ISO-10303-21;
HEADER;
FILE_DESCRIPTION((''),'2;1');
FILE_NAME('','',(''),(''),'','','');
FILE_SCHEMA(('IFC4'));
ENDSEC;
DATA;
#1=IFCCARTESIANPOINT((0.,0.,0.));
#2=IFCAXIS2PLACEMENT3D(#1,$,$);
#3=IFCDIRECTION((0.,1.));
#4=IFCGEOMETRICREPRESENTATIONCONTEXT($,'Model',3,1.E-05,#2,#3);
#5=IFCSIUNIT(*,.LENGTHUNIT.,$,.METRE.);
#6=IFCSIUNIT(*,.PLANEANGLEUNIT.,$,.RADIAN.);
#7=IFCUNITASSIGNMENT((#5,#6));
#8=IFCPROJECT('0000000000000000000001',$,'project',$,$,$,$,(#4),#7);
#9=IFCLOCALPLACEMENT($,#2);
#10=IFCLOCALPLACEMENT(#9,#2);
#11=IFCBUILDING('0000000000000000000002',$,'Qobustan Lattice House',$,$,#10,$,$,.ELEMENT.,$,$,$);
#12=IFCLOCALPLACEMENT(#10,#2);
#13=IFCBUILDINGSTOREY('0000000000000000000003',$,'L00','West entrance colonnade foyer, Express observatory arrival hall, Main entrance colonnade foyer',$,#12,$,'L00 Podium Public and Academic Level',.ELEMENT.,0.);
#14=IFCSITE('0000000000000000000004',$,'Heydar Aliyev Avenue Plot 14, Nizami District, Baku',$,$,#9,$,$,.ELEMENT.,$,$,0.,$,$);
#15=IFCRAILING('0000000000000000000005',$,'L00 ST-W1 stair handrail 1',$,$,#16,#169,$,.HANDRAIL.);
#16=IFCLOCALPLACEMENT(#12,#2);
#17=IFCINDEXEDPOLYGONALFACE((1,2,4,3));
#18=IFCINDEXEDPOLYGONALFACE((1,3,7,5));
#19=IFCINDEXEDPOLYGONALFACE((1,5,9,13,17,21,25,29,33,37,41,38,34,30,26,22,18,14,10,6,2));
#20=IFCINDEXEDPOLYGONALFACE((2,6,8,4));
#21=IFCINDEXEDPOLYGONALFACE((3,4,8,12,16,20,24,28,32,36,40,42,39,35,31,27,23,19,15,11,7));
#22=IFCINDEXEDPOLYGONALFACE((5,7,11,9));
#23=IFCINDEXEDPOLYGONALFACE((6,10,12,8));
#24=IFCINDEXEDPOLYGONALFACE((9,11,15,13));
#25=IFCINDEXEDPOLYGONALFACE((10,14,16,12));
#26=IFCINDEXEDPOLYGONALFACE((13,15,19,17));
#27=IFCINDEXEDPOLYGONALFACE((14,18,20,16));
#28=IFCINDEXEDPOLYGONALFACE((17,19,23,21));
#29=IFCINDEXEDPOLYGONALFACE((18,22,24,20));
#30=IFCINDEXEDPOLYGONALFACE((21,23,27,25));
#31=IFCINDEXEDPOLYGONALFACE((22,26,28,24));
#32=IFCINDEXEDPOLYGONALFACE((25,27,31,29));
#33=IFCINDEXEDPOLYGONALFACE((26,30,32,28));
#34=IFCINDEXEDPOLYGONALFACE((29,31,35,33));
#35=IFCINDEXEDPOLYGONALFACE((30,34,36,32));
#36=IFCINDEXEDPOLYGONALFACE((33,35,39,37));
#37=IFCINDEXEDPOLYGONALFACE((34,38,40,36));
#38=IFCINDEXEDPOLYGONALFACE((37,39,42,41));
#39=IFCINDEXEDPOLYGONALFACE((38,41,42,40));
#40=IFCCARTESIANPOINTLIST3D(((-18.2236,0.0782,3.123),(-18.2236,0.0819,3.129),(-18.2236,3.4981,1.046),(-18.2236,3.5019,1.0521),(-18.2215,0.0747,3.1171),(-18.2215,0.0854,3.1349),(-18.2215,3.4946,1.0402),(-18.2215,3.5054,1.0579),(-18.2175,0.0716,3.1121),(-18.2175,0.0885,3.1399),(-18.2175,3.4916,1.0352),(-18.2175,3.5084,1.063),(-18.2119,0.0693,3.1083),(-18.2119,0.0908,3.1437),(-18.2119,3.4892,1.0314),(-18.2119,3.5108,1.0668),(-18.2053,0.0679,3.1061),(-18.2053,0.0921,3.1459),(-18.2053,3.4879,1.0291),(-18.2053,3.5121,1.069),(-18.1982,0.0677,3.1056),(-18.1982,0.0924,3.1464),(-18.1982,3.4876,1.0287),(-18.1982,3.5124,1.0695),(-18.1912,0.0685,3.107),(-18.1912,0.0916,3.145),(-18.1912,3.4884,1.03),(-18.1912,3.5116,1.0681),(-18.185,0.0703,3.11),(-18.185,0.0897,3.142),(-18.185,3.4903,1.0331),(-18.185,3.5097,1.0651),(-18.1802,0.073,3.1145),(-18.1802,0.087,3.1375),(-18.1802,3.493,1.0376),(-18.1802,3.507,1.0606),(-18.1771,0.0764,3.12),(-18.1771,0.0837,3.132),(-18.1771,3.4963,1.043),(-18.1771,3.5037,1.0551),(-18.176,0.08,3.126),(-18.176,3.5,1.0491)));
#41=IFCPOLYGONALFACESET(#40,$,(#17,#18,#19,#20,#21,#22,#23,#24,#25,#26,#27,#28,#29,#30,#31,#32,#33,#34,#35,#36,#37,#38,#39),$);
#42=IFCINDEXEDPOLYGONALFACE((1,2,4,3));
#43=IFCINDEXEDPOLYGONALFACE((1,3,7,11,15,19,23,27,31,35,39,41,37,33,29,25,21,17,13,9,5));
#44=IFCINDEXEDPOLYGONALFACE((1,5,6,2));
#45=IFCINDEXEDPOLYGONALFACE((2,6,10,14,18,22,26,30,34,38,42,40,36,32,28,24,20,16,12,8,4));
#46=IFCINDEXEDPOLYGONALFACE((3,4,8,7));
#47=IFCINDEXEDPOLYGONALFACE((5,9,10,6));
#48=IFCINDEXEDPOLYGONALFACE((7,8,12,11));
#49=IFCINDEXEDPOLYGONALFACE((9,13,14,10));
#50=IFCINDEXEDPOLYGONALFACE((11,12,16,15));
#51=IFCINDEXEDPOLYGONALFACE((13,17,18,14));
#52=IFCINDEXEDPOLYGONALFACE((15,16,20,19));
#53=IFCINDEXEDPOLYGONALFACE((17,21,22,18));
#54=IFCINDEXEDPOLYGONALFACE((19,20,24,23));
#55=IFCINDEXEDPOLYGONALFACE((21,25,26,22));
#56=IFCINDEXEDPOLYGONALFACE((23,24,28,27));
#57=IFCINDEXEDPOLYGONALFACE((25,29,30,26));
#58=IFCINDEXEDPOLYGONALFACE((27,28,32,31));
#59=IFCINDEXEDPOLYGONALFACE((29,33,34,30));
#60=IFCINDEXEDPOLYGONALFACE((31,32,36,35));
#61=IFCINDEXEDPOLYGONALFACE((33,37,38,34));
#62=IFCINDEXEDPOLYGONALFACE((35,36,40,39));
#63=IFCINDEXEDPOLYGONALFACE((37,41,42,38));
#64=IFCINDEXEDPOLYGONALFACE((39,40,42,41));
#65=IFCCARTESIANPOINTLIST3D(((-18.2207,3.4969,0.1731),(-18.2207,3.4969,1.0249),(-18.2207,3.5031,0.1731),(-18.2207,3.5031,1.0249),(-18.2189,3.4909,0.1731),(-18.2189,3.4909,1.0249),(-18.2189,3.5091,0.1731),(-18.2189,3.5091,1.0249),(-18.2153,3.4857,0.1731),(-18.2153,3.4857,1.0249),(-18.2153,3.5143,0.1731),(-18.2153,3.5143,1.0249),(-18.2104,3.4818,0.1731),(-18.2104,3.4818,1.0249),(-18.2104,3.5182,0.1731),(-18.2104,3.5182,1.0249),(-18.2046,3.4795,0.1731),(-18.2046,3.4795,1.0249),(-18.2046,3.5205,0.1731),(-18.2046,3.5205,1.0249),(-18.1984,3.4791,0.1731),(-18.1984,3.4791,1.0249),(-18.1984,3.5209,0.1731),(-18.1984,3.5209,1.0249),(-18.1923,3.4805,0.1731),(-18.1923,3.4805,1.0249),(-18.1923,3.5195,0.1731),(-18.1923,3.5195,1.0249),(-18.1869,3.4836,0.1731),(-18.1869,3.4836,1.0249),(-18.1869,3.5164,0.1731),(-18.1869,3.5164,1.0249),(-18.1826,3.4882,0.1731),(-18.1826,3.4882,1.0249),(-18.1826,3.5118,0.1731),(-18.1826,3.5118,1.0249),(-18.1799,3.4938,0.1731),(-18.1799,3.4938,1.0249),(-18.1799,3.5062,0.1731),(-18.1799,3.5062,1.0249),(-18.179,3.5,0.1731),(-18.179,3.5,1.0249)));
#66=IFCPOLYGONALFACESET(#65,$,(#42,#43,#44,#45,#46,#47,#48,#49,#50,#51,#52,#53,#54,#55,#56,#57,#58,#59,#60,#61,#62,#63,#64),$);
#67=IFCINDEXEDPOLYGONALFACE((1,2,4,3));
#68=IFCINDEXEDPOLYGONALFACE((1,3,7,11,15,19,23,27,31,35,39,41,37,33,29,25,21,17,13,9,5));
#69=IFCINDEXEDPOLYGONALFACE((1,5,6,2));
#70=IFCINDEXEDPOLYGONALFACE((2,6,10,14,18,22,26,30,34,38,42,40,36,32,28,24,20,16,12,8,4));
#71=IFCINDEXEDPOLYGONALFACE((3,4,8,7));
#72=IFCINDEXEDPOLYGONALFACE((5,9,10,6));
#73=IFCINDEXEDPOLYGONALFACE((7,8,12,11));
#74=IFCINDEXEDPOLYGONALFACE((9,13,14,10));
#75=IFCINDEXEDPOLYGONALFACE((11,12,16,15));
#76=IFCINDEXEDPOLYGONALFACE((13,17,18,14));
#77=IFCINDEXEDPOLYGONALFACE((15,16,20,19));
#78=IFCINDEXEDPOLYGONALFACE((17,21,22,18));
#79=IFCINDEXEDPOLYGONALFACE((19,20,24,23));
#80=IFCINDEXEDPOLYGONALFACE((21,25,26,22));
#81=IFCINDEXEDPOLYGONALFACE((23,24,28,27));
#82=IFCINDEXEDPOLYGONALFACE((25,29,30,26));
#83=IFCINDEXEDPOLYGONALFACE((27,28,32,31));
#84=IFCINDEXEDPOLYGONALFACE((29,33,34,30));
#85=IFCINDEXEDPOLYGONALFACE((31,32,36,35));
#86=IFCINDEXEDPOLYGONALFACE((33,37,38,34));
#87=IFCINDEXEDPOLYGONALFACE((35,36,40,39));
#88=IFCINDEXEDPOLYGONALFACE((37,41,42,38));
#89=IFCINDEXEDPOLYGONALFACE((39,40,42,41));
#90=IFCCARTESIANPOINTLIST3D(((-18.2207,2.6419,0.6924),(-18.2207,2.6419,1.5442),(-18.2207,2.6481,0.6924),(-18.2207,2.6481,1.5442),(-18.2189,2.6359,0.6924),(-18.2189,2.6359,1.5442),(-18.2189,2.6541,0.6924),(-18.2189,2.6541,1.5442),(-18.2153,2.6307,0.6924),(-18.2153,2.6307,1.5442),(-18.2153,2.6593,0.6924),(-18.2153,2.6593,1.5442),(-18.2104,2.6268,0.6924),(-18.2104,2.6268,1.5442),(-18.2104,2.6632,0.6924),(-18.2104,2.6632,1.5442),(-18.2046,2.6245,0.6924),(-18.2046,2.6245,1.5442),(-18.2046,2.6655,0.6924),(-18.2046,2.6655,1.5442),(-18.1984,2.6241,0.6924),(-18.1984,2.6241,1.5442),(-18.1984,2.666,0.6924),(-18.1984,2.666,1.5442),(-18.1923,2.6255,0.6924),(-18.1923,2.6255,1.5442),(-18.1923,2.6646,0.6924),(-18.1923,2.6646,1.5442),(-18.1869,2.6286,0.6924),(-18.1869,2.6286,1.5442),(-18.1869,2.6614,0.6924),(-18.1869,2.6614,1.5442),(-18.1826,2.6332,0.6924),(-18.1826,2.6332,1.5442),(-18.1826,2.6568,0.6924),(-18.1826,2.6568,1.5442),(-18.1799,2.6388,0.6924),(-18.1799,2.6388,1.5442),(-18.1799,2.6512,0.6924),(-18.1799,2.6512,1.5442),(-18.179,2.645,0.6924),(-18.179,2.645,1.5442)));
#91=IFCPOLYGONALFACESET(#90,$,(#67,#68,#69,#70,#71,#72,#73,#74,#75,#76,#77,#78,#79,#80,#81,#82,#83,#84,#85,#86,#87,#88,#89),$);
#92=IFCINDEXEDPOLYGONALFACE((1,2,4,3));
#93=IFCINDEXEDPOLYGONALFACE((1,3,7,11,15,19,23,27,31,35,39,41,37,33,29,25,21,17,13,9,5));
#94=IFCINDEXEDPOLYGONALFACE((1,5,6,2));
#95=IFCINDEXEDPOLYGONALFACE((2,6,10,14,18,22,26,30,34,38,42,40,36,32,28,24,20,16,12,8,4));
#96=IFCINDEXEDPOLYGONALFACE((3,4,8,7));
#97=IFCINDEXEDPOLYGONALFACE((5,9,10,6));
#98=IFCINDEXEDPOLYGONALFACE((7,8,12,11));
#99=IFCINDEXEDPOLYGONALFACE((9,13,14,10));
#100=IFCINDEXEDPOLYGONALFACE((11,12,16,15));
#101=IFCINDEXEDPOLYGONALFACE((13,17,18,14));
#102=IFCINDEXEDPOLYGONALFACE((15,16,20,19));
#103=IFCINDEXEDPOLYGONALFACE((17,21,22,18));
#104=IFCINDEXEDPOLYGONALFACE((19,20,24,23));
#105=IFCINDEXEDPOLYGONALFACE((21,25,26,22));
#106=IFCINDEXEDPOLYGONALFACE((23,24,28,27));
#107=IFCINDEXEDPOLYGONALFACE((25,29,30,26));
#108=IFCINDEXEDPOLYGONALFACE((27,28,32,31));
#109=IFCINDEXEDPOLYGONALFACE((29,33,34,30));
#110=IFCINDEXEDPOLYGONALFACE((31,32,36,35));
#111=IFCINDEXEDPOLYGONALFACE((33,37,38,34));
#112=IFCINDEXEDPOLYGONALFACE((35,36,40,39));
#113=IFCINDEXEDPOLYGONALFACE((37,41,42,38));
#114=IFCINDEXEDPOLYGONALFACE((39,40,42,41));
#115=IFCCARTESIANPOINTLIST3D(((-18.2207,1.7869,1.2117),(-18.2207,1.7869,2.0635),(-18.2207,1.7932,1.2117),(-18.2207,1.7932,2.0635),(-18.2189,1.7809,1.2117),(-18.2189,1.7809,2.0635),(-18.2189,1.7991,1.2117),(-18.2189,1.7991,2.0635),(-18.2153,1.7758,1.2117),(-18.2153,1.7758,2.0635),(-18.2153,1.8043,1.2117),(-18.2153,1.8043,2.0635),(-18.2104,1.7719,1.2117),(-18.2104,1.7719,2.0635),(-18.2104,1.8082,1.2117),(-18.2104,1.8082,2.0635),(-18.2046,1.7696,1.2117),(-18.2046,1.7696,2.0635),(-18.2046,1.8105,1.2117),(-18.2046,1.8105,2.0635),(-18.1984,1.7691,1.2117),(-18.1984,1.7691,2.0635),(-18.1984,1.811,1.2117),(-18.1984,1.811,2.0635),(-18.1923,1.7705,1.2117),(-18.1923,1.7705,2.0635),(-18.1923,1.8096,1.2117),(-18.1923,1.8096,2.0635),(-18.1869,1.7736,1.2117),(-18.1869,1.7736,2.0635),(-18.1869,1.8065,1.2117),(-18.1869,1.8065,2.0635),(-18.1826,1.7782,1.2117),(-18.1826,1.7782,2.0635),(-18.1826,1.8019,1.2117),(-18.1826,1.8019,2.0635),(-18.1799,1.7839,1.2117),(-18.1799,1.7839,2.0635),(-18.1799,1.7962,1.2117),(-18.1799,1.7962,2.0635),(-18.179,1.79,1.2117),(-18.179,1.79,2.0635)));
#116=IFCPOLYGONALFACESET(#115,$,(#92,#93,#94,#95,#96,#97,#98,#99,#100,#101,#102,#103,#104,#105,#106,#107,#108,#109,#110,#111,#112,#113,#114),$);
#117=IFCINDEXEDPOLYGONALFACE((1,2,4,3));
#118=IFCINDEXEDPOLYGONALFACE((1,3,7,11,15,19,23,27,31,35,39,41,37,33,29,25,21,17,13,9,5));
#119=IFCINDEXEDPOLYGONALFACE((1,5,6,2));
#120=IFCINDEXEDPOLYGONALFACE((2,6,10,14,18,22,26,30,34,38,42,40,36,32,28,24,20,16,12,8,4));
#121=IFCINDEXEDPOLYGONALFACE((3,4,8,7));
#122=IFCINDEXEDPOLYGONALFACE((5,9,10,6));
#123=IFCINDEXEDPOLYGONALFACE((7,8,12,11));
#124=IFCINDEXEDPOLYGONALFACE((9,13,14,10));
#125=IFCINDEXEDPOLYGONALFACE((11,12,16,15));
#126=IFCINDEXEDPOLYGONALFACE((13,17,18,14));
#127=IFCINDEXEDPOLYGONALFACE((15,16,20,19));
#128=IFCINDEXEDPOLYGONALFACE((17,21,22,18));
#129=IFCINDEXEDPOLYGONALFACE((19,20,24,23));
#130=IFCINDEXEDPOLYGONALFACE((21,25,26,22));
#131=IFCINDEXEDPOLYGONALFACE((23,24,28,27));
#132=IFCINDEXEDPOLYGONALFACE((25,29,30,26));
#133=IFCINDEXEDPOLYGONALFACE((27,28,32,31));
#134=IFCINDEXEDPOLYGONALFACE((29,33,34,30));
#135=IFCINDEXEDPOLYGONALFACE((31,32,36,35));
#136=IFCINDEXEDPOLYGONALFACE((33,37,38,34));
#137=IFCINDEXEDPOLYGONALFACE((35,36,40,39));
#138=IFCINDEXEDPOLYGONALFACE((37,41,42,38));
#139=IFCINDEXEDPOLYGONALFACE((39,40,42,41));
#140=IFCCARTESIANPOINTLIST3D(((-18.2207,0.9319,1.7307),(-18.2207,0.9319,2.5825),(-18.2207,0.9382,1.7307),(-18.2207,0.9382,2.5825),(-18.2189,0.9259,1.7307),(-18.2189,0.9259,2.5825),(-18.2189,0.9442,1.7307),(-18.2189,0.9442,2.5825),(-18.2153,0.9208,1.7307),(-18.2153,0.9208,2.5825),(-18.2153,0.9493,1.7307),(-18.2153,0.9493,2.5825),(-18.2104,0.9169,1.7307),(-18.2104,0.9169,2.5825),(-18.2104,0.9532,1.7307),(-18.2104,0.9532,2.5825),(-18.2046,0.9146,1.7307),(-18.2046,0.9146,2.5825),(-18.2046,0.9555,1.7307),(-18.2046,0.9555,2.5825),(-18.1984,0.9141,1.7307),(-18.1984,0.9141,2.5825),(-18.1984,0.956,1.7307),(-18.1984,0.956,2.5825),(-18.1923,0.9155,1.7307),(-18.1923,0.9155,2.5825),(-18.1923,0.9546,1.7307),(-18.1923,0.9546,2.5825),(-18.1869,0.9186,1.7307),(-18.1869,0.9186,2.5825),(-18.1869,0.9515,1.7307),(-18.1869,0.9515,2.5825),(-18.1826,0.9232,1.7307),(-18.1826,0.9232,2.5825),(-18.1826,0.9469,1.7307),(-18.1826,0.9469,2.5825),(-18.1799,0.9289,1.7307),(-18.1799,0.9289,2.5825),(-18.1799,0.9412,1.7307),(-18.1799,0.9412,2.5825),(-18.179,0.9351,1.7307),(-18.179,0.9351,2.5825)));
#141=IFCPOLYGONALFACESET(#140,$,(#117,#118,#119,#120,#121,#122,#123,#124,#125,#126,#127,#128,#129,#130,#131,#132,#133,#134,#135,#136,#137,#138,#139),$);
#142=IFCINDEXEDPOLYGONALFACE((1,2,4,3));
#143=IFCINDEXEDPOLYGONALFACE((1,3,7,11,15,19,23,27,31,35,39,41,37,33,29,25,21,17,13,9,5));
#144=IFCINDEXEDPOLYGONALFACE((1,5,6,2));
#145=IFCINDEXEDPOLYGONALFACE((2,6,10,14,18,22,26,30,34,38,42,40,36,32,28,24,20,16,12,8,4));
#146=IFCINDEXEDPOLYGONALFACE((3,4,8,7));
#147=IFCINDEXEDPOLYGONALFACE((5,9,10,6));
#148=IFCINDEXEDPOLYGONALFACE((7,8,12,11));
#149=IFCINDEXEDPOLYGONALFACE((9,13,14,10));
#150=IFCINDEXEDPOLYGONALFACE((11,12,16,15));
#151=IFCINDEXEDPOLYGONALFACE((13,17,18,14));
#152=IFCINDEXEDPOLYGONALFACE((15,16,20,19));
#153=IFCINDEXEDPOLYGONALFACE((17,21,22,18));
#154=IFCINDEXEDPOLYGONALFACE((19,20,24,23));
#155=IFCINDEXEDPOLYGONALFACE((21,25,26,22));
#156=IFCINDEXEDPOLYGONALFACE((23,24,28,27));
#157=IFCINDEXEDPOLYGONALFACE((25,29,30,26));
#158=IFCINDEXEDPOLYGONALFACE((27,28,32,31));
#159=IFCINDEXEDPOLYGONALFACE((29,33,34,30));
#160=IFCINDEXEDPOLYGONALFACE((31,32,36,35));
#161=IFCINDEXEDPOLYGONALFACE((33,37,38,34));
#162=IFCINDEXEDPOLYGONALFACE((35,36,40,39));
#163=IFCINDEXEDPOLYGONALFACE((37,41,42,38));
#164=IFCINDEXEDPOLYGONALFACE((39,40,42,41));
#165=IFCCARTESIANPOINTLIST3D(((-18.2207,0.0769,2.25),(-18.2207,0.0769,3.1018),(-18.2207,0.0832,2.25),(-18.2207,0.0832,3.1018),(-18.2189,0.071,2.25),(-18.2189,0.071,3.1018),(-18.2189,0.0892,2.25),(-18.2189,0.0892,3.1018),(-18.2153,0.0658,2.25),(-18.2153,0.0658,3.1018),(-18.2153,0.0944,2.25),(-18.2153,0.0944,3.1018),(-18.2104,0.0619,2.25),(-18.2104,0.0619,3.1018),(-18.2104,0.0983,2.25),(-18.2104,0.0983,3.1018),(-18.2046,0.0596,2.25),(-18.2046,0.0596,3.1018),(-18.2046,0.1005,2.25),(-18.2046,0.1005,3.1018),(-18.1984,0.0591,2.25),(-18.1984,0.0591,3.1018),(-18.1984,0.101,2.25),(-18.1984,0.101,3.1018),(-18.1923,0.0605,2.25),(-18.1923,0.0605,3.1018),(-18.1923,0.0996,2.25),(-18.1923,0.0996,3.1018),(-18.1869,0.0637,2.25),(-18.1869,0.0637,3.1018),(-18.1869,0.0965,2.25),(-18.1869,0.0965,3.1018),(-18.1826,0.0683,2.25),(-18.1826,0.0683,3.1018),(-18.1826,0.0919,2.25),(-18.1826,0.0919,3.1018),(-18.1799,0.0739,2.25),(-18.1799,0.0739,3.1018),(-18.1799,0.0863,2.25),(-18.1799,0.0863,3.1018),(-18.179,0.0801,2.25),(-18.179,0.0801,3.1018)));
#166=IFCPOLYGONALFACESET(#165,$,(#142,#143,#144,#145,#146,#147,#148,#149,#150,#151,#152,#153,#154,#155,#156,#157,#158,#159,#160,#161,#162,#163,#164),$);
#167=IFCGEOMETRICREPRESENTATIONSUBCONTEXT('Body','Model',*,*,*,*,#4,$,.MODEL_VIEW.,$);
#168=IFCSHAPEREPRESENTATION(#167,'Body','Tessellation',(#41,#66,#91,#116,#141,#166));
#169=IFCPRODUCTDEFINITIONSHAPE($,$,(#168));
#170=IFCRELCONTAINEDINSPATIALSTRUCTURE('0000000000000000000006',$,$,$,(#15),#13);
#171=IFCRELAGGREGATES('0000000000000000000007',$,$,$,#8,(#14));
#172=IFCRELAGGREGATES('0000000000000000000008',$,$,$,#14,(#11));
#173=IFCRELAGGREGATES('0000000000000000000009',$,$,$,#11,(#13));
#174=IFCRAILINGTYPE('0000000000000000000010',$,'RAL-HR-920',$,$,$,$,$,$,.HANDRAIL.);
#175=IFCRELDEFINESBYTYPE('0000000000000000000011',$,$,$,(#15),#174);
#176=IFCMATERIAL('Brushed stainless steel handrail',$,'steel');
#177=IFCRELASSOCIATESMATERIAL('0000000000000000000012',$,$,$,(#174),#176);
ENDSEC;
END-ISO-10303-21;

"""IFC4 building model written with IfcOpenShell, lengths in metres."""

from ifc_helpers import new_model, si_unit, direction, frame, origin, origin_2d, place, context, subcontext, project, spatial, circle, extrude, material, type_object, element, save


model = new_model("IFC4")

# Units and contexts
model_context = context("Model", 3, precision=1e-05, world=origin(), true_north=direction((0.0, 1.0)))
body_context = subcontext(model_context, "Body", "Model", "MODEL_VIEW")
ifc_project = project(units=[si_unit("LENGTHUNIT", "METRE"), si_unit("PLANEANGLEUNIT", "RADIAN")], contexts=[model_context])

# Site, building, storey
site_placement = place(None, origin())
site = spatial("IfcSite", under=ifc_project, at=site_placement, Name="Heydar Aliyev Avenue Plot 14, Nizami District, Baku", CompositionType="ELEMENT", RefElevation=0.0)
building_placement = place(site_placement, origin())
building = spatial("IfcBuilding", under=site, at=building_placement, Name="Qobustan Lattice House", CompositionType="ELEMENT")
storey_placement = place(building_placement, origin())
storey = spatial("IfcBuildingStorey", under=building, at=storey_placement, Name="L00", Description="West entrance colonnade foyer, Express observatory arrival hall, Main entrance colonnade foyer", LongName="L00 Podium Public and Academic Level", CompositionType="ELEMENT", Elevation=0.0)

# Railing
ifc_material_1 = material(Name="Brushed stainless steel handrail", Category="steel")
railing_type_1 = type_object("IfcRailingType", Name="RAL-HR-920", PredefinedType="HANDRAIL", material=ifc_material_1)
railing_1_placement = place(storey_placement, frame((-18.2, 3.5, 0.1731)))
element("IfcRailing", 1, at=railing_1_placement, inside=storey, type_object=railing_type_1, Name="L00 ST-W1 stair handrail 1", PredefinedType="HANDRAIL", context=body_context, shape_type="SweptSolid", body=[
    extrude(circle(Radius=0.0239, at=origin_2d()), frame((0.0, 0.0, 0.876), z_axis=(0.0, -0.85473, 0.519074), x_axis=(1.0, 0.0, 0.0)), (0.0, 0.0, 1.0), 4.0012),
    extrude(circle(Radius=0.021, at=origin_2d()), origin(), (0.0, 0.0, 1.0), 0.8518),
    extrude(circle(Radius=0.021, at=origin_2d()), frame((0.0, -0.855, 0.5193)), (0.0, 0.0, 1.0), 0.8518),
    extrude(circle(Radius=0.021, at=origin_2d()), frame((0.0, -1.71, 1.0386)), (0.0, 0.0, 1.0), 0.8518),
    extrude(circle(Radius=0.021, at=origin_2d()), frame((0.0, -2.5649, 1.5576)), (0.0, 0.0, 1.0), 0.8518),
    extrude(circle(Radius=0.021, at=origin_2d()), frame((0.0, -3.4199, 2.0769)), (0.0, 0.0, 1.0), 0.8518),
])

save(model, "model.ifc")
